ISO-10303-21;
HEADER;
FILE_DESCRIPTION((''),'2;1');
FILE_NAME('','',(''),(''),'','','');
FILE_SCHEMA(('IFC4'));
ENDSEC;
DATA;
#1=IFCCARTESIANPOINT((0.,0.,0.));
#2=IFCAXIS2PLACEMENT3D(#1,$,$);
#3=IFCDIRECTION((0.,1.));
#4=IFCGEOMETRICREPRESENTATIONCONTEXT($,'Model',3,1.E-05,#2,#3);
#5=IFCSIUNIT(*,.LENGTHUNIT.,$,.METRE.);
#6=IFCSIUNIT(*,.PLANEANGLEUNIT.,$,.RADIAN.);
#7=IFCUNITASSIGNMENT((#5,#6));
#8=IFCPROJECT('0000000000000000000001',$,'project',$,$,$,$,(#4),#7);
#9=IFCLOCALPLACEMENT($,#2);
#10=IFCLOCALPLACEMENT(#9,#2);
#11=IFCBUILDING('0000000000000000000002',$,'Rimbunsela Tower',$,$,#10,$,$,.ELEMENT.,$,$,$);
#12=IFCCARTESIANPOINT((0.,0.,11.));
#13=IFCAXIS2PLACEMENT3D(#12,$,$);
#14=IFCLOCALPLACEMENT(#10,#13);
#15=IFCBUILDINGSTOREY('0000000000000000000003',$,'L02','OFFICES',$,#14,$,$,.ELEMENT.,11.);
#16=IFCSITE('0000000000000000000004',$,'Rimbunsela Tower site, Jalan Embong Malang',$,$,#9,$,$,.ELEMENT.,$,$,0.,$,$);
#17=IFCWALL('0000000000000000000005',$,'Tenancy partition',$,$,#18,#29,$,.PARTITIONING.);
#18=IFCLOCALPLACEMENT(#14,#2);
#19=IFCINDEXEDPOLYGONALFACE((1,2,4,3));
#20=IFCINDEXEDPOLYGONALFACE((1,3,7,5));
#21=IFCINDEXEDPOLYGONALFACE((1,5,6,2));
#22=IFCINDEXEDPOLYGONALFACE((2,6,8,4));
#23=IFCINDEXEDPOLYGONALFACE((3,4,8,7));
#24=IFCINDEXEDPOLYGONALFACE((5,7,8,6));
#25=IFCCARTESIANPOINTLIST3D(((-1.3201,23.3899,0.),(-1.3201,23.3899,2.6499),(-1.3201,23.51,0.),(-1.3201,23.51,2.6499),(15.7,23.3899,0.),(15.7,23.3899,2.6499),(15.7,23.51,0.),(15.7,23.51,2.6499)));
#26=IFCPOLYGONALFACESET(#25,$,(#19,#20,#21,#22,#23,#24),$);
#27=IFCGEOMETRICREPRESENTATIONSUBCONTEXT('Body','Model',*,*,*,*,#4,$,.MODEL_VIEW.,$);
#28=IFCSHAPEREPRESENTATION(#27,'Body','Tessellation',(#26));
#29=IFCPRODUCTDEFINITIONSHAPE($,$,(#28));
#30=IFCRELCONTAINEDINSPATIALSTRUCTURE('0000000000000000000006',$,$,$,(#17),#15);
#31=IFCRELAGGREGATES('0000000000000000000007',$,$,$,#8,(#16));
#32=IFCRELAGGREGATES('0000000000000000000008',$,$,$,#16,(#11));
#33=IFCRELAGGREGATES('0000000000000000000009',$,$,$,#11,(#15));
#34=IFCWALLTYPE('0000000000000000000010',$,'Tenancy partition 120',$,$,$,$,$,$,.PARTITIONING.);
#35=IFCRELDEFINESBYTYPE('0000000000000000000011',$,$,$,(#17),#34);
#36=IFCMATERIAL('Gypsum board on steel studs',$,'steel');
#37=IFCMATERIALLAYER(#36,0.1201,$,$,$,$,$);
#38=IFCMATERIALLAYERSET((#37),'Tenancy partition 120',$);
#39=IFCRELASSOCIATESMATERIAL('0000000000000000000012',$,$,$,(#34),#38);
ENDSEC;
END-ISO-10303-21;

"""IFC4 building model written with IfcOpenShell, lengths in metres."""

from ifc_helpers import new_model, si_unit, direction, frame, frame_2d, origin, place, context, subcontext, project, spatial, rectangle, extrude, material, layer, layer_set, type_object, element, save


model = new_model("IFC4")

# Units and contexts
model_context = context("Model", 3, precision=1e-05, world=origin(), true_north=direction((0.0, 1.0)))
body_context = subcontext(model_context, "Body", "Model", "MODEL_VIEW")
ifc_project = project(units=[si_unit("LENGTHUNIT", "METRE"), si_unit("PLANEANGLEUNIT", "RADIAN")], contexts=[model_context])

# Site, building, storey
site_placement = place(None, origin())
site = spatial("IfcSite", under=ifc_project, at=site_placement, Name="Rimbunsela Tower site, Jalan Embong Malang", CompositionType="ELEMENT", RefElevation=0.0)
building_placement = place(site_placement, origin())
building = spatial("IfcBuilding", under=site, at=building_placement, Name="Rimbunsela Tower", CompositionType="ELEMENT")
storey_placement = place(building_placement, frame((0.0, 0.0, 11.0)))
storey = spatial("IfcBuildingStorey", under=building, at=storey_placement, Name="L02", Description="OFFICES", CompositionType="ELEMENT", Elevation=11.0)

# Wall
ifc_material_1 = material(Name="Gypsum board on steel studs", Category="steel")
ifc_layer_1 = layer(ifc_material_1, 0.1201)
ifc_layer_set_1 = layer_set([ifc_layer_1], Name="Tenancy partition 120")
wall_type_1 = type_object("IfcWallType", Name="Tenancy partition 120", PredefinedType="PARTITIONING", material=ifc_layer_set_1)
wall_1_placement = place(storey_placement, frame((-1.3201, 23.45, 0.0), z_axis=(0.0, 0.0, 1.0), x_axis=(1.0, 0.0, 0.0)))
element("IfcWall", 1, at=wall_1_placement, inside=storey, type_object=wall_type_1, Name="Tenancy partition", PredefinedType="PARTITIONING", context=body_context, shape_type="SweptSolid", body=[
    extrude(rectangle(XDim=17.02, YDim=0.1201, at=frame_2d((8.51, 0.0))), origin(), (0.0, 0.0, 1.0), 2.6499),
])

save(model, "model.ifc")
